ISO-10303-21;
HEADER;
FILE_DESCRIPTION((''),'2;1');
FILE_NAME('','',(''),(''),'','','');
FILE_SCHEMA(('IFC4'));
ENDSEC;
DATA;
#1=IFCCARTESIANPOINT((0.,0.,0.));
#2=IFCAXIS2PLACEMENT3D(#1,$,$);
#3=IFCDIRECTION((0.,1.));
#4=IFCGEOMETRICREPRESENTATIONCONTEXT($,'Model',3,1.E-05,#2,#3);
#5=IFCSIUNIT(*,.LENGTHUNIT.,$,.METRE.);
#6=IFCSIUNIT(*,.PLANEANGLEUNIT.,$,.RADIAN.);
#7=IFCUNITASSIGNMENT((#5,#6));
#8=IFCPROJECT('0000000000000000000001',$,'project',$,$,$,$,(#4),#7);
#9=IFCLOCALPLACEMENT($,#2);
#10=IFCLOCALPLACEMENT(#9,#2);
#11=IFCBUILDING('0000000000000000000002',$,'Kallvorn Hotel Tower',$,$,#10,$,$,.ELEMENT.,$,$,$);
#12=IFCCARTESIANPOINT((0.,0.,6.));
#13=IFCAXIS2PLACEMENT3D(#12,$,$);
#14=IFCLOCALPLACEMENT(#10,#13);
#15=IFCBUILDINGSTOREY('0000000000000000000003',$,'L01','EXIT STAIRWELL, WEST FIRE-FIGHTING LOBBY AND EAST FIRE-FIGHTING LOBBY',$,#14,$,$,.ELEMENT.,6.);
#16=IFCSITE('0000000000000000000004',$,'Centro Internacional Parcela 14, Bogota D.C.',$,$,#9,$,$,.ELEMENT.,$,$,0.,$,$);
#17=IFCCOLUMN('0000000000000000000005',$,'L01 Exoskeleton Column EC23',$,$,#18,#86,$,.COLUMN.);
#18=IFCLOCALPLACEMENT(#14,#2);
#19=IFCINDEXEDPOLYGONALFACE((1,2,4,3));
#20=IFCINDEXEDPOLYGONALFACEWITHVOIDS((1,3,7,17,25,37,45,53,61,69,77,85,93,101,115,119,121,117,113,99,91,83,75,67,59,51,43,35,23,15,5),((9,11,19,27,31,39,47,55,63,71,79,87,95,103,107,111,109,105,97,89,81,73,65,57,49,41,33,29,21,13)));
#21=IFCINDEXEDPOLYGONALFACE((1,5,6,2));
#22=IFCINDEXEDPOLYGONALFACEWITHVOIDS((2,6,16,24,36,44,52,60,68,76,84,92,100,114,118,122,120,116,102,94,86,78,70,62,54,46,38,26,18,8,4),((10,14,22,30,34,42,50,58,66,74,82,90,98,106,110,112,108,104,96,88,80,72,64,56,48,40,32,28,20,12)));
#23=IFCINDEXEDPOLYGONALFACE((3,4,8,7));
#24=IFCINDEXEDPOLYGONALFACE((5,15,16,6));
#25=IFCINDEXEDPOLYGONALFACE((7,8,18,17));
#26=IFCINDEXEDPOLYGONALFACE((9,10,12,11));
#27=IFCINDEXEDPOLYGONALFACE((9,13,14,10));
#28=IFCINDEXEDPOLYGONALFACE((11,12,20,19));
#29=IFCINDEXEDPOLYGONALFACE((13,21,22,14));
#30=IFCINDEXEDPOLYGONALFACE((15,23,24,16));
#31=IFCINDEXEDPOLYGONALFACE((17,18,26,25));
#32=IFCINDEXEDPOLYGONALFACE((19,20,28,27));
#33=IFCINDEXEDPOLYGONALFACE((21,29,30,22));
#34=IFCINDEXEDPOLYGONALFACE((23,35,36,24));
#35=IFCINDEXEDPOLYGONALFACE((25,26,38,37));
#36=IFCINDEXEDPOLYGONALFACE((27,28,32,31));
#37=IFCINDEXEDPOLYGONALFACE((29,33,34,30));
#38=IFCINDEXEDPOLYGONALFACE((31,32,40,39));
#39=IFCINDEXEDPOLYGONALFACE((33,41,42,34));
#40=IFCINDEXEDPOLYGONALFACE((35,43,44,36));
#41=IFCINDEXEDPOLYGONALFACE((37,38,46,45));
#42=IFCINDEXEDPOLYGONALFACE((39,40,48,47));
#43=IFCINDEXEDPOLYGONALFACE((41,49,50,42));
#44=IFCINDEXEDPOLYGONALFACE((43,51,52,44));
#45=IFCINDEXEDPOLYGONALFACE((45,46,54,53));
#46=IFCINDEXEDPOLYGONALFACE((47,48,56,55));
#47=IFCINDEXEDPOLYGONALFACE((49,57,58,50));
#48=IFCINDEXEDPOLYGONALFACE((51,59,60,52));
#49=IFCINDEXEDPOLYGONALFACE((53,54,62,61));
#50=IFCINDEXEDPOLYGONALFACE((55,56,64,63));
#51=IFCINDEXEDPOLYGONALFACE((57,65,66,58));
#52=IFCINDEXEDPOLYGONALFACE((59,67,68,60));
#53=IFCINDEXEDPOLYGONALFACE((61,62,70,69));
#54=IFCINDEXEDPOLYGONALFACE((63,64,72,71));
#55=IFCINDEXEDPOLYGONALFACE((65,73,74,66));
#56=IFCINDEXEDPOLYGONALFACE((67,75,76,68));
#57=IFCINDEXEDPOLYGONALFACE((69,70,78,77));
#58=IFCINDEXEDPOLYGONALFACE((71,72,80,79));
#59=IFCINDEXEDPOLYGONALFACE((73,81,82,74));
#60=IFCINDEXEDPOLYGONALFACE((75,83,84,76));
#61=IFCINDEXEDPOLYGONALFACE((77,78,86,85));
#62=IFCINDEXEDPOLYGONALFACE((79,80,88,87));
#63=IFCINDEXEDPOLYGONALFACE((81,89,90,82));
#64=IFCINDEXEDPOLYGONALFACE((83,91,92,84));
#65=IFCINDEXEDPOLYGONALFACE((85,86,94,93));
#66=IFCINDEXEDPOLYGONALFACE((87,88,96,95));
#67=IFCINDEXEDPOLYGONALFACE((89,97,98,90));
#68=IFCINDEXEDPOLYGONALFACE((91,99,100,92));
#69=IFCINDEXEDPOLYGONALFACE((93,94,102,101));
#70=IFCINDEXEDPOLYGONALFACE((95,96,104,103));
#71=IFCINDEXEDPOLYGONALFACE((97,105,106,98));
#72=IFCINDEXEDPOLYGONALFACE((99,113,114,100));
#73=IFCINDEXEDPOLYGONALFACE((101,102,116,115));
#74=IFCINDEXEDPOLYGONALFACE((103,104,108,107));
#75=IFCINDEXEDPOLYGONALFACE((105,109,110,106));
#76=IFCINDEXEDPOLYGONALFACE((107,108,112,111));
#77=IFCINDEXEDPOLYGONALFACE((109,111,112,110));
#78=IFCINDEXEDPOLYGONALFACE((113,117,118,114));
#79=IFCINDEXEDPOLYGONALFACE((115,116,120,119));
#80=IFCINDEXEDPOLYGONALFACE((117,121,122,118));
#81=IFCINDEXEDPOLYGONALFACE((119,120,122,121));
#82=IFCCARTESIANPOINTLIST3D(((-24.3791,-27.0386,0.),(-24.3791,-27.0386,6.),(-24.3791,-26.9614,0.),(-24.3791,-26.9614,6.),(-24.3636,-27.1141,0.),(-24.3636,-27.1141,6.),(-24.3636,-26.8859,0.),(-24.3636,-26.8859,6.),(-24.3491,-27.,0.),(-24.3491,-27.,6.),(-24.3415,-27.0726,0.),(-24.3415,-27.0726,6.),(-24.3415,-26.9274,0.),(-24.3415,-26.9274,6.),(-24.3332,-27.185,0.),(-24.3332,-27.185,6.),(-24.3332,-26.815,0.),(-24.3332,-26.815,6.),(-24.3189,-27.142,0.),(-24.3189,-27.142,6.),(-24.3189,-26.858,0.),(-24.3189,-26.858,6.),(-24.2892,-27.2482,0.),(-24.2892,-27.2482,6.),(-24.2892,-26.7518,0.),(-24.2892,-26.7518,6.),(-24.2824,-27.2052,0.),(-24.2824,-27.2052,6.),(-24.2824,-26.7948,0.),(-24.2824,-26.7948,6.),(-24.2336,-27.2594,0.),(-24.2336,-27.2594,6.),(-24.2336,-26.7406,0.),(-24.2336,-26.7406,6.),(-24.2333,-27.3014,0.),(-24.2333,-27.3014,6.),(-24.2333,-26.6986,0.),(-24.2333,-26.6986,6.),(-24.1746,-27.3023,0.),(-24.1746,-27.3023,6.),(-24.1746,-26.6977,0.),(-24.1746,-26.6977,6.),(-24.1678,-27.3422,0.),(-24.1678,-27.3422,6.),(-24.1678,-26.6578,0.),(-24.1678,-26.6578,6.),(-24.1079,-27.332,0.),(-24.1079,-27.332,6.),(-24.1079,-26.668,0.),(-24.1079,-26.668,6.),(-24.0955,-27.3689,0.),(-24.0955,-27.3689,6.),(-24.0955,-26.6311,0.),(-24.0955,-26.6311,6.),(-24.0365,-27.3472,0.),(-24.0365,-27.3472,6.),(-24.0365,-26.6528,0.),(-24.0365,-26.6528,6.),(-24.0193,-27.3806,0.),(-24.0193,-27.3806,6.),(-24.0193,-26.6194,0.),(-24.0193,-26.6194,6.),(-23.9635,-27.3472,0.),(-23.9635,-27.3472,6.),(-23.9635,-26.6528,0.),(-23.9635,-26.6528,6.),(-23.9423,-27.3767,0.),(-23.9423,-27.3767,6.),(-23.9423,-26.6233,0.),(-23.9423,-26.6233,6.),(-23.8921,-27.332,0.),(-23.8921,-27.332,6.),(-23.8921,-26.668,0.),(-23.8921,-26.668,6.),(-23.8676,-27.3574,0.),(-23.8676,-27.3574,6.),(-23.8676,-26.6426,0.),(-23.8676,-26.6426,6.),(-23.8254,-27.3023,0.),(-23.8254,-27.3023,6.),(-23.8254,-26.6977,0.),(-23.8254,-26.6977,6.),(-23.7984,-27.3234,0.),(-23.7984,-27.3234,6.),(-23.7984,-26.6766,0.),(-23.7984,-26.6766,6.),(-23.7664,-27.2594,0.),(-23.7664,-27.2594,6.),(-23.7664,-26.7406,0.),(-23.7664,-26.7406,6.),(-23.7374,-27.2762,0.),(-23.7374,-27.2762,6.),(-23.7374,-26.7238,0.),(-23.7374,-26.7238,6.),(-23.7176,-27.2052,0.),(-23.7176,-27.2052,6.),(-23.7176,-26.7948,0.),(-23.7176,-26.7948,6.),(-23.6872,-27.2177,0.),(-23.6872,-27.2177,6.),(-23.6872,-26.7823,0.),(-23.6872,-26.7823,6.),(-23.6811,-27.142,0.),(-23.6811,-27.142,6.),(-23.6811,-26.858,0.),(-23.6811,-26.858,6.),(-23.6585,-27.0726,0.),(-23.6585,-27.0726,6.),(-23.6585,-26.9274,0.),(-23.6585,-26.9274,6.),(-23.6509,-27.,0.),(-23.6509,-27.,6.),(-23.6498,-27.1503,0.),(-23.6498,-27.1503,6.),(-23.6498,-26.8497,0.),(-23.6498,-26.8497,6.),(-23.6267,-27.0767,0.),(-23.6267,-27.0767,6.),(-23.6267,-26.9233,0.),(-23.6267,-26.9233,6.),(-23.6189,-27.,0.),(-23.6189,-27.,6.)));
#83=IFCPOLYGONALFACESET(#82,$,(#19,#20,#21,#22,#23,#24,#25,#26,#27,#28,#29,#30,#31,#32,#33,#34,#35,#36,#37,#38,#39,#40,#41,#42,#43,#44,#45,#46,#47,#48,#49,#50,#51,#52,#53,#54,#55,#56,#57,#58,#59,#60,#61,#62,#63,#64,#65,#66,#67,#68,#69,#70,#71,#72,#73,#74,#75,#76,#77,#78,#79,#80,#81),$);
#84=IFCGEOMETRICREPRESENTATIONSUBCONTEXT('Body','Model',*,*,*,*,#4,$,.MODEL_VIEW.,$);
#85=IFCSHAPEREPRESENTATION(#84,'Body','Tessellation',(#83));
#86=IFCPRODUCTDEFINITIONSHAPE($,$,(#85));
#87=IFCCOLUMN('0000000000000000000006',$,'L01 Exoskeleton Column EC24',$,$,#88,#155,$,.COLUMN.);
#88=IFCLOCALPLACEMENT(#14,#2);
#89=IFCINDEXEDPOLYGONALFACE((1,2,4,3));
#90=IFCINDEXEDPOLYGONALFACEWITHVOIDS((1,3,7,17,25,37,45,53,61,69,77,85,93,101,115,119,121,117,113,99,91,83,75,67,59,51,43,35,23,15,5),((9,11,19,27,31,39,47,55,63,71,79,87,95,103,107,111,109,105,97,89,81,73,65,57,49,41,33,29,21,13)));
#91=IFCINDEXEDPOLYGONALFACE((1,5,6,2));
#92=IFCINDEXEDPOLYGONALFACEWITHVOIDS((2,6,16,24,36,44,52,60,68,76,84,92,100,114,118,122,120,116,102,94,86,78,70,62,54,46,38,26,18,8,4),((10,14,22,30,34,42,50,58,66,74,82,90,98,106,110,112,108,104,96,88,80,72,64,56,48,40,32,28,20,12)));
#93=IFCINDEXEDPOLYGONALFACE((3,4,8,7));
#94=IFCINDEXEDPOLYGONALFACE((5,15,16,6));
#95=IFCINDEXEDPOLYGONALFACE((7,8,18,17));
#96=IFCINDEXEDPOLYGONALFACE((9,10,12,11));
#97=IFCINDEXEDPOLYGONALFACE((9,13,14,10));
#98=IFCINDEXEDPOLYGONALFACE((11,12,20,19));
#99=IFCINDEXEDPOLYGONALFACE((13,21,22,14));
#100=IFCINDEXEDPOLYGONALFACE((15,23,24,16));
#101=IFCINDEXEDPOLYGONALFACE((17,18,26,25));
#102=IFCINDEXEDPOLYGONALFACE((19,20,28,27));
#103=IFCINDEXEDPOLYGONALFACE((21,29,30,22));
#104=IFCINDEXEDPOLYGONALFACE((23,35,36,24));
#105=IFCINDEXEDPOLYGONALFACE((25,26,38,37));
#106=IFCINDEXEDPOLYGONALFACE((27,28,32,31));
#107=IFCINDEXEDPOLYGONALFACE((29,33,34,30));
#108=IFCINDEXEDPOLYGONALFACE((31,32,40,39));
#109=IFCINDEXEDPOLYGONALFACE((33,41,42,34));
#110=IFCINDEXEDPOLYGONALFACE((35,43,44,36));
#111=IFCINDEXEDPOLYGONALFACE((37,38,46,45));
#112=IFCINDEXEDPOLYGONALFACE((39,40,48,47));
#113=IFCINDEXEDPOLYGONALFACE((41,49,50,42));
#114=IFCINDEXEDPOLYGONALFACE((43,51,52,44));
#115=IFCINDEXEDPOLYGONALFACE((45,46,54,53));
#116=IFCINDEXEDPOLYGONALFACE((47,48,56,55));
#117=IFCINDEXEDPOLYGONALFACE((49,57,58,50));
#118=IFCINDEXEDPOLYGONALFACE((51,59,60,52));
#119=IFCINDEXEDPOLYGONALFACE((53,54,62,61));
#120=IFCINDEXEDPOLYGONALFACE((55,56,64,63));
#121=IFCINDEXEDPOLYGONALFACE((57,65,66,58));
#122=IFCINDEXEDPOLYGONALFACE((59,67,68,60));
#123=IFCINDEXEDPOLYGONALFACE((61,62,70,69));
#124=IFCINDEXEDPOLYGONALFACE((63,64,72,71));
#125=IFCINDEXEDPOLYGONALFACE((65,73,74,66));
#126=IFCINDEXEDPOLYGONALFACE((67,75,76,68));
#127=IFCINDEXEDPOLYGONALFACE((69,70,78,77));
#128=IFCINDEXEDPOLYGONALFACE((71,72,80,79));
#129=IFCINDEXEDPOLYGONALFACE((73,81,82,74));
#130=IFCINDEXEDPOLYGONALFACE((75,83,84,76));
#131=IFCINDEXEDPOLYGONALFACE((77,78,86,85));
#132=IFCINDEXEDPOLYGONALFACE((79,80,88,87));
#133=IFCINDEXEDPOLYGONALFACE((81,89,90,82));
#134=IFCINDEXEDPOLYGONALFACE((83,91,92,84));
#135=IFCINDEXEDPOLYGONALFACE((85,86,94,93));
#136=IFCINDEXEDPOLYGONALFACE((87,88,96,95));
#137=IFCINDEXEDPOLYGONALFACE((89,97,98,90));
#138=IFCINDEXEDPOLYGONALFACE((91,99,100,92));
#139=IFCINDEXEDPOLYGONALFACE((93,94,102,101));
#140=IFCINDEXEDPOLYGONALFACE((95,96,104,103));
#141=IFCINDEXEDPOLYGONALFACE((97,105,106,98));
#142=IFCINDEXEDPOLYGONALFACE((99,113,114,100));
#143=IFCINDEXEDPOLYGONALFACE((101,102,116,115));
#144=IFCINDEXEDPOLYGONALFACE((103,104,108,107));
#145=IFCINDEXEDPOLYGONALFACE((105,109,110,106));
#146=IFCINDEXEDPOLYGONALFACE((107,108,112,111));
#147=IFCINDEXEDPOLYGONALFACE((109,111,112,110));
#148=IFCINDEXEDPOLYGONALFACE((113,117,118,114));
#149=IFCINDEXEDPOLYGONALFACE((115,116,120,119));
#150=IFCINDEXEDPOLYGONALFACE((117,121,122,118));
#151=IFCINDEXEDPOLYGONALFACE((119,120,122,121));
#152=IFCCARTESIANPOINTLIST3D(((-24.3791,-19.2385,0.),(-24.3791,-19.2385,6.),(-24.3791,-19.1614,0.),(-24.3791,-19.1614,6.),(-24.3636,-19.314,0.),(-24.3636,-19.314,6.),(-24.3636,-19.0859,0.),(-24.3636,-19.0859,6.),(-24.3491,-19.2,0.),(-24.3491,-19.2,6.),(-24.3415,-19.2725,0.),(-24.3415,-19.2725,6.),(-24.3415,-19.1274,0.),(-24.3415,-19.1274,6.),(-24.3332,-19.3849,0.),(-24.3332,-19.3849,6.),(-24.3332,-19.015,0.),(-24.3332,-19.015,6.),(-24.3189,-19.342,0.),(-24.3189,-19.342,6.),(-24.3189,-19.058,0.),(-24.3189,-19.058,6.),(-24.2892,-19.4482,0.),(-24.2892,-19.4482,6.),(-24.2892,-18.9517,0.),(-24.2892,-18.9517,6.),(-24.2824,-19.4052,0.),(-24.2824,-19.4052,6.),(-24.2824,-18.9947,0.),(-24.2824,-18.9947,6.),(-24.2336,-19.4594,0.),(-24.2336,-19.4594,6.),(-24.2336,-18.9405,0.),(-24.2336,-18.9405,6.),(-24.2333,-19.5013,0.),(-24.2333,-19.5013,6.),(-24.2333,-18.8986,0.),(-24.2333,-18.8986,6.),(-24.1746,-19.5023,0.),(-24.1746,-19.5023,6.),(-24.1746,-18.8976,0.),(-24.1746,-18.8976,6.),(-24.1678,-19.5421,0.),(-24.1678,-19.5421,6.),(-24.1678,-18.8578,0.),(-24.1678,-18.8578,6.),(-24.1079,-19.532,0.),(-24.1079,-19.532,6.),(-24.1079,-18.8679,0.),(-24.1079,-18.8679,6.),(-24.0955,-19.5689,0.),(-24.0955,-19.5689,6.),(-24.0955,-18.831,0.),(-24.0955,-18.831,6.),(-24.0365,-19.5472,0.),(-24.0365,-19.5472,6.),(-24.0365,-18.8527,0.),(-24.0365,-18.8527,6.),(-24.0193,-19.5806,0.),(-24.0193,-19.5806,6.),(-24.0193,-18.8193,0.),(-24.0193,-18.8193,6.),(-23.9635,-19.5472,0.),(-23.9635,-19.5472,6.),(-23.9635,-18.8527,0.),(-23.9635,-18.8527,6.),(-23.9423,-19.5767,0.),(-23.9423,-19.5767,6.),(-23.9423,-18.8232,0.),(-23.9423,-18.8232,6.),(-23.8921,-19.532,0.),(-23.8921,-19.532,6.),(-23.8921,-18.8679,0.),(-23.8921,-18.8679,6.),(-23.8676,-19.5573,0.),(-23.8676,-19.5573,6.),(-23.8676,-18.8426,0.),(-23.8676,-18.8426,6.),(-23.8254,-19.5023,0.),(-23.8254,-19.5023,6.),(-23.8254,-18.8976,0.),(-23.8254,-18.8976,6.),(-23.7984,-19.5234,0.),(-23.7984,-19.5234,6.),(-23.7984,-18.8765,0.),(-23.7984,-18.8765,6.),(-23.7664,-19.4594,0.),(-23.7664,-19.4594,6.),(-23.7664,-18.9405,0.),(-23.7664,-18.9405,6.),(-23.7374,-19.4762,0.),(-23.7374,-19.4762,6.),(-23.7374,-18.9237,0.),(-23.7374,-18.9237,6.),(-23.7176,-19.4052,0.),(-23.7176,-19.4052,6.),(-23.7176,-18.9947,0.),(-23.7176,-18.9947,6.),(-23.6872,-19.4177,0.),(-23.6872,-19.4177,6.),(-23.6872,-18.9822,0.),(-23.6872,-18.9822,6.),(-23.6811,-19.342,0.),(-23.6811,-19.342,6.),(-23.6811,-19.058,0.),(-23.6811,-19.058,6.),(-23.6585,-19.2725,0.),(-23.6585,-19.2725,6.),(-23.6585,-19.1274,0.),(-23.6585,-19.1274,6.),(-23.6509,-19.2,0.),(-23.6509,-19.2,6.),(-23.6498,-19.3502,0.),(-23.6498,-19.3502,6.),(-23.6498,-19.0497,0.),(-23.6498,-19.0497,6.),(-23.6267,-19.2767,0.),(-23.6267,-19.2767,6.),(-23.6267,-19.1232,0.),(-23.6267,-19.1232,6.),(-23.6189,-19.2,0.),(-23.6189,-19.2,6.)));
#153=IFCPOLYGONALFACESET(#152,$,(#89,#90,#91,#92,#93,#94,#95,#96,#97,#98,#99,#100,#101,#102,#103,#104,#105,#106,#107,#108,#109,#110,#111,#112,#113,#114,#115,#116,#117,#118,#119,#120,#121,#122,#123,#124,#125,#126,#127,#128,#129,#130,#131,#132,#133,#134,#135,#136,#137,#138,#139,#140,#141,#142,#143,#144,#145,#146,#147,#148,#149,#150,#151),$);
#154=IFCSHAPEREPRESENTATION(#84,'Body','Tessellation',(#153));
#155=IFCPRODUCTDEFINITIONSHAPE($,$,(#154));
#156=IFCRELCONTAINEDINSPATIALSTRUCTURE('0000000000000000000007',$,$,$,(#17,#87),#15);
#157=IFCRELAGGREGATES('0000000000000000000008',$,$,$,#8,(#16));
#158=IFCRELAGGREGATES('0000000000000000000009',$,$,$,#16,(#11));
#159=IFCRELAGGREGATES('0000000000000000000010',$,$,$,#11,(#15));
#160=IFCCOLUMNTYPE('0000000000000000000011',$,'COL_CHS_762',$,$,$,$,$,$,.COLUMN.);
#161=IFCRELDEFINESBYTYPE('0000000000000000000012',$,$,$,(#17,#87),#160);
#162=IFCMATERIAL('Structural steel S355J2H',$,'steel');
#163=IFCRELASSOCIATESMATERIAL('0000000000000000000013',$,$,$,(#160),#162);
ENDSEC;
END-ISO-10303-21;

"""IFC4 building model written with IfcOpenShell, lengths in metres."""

from ifc_helpers import new_model, si_unit, direction, frame, origin, origin_2d, place, context, subcontext, project, spatial, hollow_circle, extrude, material, material_profile, profile_set, type_object, element, save


model = new_model("IFC4")

# Units and contexts
model_context = context("Model", 3, precision=1e-05, world=origin(), true_north=direction((0.0, 1.0)))
body_context = subcontext(model_context, "Body", "Model", "MODEL_VIEW")
ifc_project = project(units=[si_unit("LENGTHUNIT", "METRE"), si_unit("PLANEANGLEUNIT", "RADIAN")], contexts=[model_context])

# Site, building, storey
site_placement = place(None, origin())
site = spatial("IfcSite", under=ifc_project, at=site_placement, Name="Centro Internacional Parcela 14, Bogota D.C.", CompositionType="ELEMENT", RefElevation=0.0)
building_placement = place(site_placement, origin())
building = spatial("IfcBuilding", under=site, at=building_placement, Name="Kallvorn Hotel Tower", CompositionType="ELEMENT")
storey_placement = place(building_placement, frame((0.0, 0.0, 6.0)))
storey = spatial("IfcBuildingStorey", under=building, at=storey_placement, Name="L01", Description="EXIT STAIRWELL, WEST FIRE-FIGHTING LOBBY AND EAST FIRE-FIGHTING LOBBY", CompositionType="ELEMENT", Elevation=6.0)

# Columns
ifc_material_1 = material(Name="Structural steel S355J2H", Category="steel")
ifc_material_profile_1 = material_profile(ifc_material_1, hollow_circle(Radius=0.3811, WallThickness=0.032, at=origin_2d()), Name="CHS 762x32")
ifc_profile_set_1 = profile_set([ifc_material_profile_1], Name="Structural steel S355J2H")
column_type_1 = type_object("IfcColumnType", Name="COL_CHS_762", PredefinedType="COLUMN", material=ifc_profile_set_1)
for number, where, z_axis, x_axis, name in (
    (1, (-24.0, -27.0, 0.0), (0.0, 0.0, 1.0), (1.0, 0.0, 0.0), "L01 Exoskeleton Column EC23"),
    (2, (-24.0, -19.2, 0.0), (0.0, 0.0, 1.0), (1.0, 0.0, 0.0), "L01 Exoskeleton Column EC24"),
):
    element("IfcColumn", number, at=place(storey_placement, frame(where, z_axis=z_axis, x_axis=x_axis)), inside=storey, type_object=column_type_1, Name=name, PredefinedType="COLUMN", context=body_context, shape_type="SweptSolid", body=[
        extrude(hollow_circle(Radius=0.3811, WallThickness=0.032, at=origin_2d()), origin(), (0.0, 0.0, 1.0), 6.0),
    ])

save(model, "model.ifc")
